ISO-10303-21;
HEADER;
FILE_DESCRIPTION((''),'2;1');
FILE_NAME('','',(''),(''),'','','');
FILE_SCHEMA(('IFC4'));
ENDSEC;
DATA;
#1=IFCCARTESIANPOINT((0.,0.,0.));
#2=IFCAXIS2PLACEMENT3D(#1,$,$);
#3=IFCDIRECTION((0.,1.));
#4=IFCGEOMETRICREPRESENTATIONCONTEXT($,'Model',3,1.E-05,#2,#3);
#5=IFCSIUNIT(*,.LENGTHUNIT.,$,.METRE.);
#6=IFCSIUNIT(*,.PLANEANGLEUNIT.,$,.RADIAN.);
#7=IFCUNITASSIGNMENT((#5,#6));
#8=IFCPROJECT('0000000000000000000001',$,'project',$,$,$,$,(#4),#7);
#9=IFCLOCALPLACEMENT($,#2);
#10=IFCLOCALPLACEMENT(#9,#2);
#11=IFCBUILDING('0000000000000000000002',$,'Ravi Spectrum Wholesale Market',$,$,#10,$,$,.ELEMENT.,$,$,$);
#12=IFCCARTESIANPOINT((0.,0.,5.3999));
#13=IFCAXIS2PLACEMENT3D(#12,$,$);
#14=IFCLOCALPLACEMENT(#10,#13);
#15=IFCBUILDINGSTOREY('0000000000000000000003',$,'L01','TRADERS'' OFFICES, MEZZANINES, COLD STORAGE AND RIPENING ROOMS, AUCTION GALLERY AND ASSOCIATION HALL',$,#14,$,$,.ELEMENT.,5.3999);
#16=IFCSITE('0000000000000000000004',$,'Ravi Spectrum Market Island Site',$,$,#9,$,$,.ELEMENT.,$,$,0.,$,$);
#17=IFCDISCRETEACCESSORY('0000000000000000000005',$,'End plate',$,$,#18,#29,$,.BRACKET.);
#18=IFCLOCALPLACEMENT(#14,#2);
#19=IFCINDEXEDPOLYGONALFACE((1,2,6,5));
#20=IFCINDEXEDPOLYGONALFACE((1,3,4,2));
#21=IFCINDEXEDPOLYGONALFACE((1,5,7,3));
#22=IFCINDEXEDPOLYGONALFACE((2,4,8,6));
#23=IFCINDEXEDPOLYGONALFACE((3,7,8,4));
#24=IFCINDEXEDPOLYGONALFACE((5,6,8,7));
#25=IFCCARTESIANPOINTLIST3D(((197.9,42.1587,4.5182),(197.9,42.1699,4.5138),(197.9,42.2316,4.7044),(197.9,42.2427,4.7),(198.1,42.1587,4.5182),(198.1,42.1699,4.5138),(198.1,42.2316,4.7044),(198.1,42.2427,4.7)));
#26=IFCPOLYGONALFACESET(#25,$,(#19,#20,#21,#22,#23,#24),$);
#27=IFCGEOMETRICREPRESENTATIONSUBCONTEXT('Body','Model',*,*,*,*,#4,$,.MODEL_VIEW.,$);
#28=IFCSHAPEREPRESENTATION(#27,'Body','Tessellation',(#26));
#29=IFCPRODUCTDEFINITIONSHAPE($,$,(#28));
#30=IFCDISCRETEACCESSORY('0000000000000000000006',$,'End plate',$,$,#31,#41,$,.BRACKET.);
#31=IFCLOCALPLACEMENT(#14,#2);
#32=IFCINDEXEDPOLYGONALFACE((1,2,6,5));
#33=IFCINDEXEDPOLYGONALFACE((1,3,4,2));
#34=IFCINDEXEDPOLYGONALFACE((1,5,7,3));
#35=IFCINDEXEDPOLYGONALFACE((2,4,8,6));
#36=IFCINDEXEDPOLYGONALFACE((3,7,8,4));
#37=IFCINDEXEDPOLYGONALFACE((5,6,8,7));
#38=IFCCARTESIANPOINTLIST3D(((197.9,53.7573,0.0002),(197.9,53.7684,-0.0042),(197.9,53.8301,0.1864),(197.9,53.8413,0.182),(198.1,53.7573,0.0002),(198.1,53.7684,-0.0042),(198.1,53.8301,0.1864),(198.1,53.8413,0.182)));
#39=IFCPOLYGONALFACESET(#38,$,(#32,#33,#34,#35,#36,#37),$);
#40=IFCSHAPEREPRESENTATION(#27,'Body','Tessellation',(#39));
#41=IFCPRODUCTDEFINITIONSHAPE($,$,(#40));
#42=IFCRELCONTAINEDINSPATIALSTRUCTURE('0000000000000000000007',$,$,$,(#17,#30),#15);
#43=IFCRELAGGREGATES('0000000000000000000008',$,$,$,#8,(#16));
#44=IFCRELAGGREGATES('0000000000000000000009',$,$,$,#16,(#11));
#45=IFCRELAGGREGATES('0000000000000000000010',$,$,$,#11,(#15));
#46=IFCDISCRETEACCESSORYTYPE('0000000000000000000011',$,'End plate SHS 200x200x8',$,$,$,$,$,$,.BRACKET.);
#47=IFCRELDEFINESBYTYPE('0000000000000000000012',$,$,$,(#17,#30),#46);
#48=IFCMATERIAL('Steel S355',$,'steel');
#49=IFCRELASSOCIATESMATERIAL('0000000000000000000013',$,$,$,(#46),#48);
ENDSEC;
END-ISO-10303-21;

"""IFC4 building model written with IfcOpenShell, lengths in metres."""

from ifc_helpers import new_model, si_unit, direction, frame, origin, origin_2d, place, context, subcontext, project, spatial, rectangle, extrude, material, material_profile, profile_set, type_object, element, save


model = new_model("IFC4")

# Units and contexts
model_context = context("Model", 3, precision=1e-05, world=origin(), true_north=direction((0.0, 1.0)))
body_context = subcontext(model_context, "Body", "Model", "MODEL_VIEW")
ifc_project = project(units=[si_unit("LENGTHUNIT", "METRE"), si_unit("PLANEANGLEUNIT", "RADIAN")], contexts=[model_context])

# Site, building, storey
site_placement = place(None, origin())
site = spatial("IfcSite", under=ifc_project, at=site_placement, Name="Ravi Spectrum Market Island Site", CompositionType="ELEMENT", RefElevation=0.0)
building_placement = place(site_placement, origin())
building = spatial("IfcBuilding", under=site, at=building_placement, Name="Ravi Spectrum Wholesale Market", CompositionType="ELEMENT")
storey_placement = place(building_placement, frame((0.0, 0.0, 5.3999)))
storey = spatial("IfcBuildingStorey", under=building, at=storey_placement, Name="L01", Description="TRADERS' OFFICES, MEZZANINES, COLD STORAGE AND RIPENING ROOMS, AUCTION GALLERY AND ASSOCIATION HALL", CompositionType="ELEMENT", Elevation=5.3999)

# Discrete accessories
ifc_material_1 = material(Name="Steel S355", Category="steel")
ifc_material_profile_1 = material_profile(ifc_material_1, rectangle(XDim=0.2, YDim=0.2, at=origin_2d()))
ifc_profile_set_1 = profile_set([ifc_material_profile_1], Name="Steel S355")
discrete_accessory_type = type_object("IfcDiscreteAccessoryType", Name="End plate SHS 200x200x8", PredefinedType="BRACKET", material=ifc_profile_set_1)
for number, where, z_axis, x_axis, name in (
    (1, (198.0, 42.2063, 4.6069), (0.0, -0.931243, 0.364399), (1.0, 0.0, 0.0), "End plate"),
    (2, (198.0, 53.7937, 0.0933), (0.0, 0.931243, -0.364399), (-1.0, 0.0, 0.0), "End plate"),
):
    element("IfcDiscreteAccessory", number, at=place(storey_placement, frame(where, z_axis=z_axis, x_axis=x_axis)), inside=storey, type_object=discrete_accessory_type, Name=name, PredefinedType="BRACKET", context=body_context, shape_type="SweptSolid", body=[
        extrude(rectangle(XDim=0.2, YDim=0.2, at=origin_2d()), origin(), (0.0, 0.0, 1.0), 0.012),
    ])

save(model, "model.ifc")
